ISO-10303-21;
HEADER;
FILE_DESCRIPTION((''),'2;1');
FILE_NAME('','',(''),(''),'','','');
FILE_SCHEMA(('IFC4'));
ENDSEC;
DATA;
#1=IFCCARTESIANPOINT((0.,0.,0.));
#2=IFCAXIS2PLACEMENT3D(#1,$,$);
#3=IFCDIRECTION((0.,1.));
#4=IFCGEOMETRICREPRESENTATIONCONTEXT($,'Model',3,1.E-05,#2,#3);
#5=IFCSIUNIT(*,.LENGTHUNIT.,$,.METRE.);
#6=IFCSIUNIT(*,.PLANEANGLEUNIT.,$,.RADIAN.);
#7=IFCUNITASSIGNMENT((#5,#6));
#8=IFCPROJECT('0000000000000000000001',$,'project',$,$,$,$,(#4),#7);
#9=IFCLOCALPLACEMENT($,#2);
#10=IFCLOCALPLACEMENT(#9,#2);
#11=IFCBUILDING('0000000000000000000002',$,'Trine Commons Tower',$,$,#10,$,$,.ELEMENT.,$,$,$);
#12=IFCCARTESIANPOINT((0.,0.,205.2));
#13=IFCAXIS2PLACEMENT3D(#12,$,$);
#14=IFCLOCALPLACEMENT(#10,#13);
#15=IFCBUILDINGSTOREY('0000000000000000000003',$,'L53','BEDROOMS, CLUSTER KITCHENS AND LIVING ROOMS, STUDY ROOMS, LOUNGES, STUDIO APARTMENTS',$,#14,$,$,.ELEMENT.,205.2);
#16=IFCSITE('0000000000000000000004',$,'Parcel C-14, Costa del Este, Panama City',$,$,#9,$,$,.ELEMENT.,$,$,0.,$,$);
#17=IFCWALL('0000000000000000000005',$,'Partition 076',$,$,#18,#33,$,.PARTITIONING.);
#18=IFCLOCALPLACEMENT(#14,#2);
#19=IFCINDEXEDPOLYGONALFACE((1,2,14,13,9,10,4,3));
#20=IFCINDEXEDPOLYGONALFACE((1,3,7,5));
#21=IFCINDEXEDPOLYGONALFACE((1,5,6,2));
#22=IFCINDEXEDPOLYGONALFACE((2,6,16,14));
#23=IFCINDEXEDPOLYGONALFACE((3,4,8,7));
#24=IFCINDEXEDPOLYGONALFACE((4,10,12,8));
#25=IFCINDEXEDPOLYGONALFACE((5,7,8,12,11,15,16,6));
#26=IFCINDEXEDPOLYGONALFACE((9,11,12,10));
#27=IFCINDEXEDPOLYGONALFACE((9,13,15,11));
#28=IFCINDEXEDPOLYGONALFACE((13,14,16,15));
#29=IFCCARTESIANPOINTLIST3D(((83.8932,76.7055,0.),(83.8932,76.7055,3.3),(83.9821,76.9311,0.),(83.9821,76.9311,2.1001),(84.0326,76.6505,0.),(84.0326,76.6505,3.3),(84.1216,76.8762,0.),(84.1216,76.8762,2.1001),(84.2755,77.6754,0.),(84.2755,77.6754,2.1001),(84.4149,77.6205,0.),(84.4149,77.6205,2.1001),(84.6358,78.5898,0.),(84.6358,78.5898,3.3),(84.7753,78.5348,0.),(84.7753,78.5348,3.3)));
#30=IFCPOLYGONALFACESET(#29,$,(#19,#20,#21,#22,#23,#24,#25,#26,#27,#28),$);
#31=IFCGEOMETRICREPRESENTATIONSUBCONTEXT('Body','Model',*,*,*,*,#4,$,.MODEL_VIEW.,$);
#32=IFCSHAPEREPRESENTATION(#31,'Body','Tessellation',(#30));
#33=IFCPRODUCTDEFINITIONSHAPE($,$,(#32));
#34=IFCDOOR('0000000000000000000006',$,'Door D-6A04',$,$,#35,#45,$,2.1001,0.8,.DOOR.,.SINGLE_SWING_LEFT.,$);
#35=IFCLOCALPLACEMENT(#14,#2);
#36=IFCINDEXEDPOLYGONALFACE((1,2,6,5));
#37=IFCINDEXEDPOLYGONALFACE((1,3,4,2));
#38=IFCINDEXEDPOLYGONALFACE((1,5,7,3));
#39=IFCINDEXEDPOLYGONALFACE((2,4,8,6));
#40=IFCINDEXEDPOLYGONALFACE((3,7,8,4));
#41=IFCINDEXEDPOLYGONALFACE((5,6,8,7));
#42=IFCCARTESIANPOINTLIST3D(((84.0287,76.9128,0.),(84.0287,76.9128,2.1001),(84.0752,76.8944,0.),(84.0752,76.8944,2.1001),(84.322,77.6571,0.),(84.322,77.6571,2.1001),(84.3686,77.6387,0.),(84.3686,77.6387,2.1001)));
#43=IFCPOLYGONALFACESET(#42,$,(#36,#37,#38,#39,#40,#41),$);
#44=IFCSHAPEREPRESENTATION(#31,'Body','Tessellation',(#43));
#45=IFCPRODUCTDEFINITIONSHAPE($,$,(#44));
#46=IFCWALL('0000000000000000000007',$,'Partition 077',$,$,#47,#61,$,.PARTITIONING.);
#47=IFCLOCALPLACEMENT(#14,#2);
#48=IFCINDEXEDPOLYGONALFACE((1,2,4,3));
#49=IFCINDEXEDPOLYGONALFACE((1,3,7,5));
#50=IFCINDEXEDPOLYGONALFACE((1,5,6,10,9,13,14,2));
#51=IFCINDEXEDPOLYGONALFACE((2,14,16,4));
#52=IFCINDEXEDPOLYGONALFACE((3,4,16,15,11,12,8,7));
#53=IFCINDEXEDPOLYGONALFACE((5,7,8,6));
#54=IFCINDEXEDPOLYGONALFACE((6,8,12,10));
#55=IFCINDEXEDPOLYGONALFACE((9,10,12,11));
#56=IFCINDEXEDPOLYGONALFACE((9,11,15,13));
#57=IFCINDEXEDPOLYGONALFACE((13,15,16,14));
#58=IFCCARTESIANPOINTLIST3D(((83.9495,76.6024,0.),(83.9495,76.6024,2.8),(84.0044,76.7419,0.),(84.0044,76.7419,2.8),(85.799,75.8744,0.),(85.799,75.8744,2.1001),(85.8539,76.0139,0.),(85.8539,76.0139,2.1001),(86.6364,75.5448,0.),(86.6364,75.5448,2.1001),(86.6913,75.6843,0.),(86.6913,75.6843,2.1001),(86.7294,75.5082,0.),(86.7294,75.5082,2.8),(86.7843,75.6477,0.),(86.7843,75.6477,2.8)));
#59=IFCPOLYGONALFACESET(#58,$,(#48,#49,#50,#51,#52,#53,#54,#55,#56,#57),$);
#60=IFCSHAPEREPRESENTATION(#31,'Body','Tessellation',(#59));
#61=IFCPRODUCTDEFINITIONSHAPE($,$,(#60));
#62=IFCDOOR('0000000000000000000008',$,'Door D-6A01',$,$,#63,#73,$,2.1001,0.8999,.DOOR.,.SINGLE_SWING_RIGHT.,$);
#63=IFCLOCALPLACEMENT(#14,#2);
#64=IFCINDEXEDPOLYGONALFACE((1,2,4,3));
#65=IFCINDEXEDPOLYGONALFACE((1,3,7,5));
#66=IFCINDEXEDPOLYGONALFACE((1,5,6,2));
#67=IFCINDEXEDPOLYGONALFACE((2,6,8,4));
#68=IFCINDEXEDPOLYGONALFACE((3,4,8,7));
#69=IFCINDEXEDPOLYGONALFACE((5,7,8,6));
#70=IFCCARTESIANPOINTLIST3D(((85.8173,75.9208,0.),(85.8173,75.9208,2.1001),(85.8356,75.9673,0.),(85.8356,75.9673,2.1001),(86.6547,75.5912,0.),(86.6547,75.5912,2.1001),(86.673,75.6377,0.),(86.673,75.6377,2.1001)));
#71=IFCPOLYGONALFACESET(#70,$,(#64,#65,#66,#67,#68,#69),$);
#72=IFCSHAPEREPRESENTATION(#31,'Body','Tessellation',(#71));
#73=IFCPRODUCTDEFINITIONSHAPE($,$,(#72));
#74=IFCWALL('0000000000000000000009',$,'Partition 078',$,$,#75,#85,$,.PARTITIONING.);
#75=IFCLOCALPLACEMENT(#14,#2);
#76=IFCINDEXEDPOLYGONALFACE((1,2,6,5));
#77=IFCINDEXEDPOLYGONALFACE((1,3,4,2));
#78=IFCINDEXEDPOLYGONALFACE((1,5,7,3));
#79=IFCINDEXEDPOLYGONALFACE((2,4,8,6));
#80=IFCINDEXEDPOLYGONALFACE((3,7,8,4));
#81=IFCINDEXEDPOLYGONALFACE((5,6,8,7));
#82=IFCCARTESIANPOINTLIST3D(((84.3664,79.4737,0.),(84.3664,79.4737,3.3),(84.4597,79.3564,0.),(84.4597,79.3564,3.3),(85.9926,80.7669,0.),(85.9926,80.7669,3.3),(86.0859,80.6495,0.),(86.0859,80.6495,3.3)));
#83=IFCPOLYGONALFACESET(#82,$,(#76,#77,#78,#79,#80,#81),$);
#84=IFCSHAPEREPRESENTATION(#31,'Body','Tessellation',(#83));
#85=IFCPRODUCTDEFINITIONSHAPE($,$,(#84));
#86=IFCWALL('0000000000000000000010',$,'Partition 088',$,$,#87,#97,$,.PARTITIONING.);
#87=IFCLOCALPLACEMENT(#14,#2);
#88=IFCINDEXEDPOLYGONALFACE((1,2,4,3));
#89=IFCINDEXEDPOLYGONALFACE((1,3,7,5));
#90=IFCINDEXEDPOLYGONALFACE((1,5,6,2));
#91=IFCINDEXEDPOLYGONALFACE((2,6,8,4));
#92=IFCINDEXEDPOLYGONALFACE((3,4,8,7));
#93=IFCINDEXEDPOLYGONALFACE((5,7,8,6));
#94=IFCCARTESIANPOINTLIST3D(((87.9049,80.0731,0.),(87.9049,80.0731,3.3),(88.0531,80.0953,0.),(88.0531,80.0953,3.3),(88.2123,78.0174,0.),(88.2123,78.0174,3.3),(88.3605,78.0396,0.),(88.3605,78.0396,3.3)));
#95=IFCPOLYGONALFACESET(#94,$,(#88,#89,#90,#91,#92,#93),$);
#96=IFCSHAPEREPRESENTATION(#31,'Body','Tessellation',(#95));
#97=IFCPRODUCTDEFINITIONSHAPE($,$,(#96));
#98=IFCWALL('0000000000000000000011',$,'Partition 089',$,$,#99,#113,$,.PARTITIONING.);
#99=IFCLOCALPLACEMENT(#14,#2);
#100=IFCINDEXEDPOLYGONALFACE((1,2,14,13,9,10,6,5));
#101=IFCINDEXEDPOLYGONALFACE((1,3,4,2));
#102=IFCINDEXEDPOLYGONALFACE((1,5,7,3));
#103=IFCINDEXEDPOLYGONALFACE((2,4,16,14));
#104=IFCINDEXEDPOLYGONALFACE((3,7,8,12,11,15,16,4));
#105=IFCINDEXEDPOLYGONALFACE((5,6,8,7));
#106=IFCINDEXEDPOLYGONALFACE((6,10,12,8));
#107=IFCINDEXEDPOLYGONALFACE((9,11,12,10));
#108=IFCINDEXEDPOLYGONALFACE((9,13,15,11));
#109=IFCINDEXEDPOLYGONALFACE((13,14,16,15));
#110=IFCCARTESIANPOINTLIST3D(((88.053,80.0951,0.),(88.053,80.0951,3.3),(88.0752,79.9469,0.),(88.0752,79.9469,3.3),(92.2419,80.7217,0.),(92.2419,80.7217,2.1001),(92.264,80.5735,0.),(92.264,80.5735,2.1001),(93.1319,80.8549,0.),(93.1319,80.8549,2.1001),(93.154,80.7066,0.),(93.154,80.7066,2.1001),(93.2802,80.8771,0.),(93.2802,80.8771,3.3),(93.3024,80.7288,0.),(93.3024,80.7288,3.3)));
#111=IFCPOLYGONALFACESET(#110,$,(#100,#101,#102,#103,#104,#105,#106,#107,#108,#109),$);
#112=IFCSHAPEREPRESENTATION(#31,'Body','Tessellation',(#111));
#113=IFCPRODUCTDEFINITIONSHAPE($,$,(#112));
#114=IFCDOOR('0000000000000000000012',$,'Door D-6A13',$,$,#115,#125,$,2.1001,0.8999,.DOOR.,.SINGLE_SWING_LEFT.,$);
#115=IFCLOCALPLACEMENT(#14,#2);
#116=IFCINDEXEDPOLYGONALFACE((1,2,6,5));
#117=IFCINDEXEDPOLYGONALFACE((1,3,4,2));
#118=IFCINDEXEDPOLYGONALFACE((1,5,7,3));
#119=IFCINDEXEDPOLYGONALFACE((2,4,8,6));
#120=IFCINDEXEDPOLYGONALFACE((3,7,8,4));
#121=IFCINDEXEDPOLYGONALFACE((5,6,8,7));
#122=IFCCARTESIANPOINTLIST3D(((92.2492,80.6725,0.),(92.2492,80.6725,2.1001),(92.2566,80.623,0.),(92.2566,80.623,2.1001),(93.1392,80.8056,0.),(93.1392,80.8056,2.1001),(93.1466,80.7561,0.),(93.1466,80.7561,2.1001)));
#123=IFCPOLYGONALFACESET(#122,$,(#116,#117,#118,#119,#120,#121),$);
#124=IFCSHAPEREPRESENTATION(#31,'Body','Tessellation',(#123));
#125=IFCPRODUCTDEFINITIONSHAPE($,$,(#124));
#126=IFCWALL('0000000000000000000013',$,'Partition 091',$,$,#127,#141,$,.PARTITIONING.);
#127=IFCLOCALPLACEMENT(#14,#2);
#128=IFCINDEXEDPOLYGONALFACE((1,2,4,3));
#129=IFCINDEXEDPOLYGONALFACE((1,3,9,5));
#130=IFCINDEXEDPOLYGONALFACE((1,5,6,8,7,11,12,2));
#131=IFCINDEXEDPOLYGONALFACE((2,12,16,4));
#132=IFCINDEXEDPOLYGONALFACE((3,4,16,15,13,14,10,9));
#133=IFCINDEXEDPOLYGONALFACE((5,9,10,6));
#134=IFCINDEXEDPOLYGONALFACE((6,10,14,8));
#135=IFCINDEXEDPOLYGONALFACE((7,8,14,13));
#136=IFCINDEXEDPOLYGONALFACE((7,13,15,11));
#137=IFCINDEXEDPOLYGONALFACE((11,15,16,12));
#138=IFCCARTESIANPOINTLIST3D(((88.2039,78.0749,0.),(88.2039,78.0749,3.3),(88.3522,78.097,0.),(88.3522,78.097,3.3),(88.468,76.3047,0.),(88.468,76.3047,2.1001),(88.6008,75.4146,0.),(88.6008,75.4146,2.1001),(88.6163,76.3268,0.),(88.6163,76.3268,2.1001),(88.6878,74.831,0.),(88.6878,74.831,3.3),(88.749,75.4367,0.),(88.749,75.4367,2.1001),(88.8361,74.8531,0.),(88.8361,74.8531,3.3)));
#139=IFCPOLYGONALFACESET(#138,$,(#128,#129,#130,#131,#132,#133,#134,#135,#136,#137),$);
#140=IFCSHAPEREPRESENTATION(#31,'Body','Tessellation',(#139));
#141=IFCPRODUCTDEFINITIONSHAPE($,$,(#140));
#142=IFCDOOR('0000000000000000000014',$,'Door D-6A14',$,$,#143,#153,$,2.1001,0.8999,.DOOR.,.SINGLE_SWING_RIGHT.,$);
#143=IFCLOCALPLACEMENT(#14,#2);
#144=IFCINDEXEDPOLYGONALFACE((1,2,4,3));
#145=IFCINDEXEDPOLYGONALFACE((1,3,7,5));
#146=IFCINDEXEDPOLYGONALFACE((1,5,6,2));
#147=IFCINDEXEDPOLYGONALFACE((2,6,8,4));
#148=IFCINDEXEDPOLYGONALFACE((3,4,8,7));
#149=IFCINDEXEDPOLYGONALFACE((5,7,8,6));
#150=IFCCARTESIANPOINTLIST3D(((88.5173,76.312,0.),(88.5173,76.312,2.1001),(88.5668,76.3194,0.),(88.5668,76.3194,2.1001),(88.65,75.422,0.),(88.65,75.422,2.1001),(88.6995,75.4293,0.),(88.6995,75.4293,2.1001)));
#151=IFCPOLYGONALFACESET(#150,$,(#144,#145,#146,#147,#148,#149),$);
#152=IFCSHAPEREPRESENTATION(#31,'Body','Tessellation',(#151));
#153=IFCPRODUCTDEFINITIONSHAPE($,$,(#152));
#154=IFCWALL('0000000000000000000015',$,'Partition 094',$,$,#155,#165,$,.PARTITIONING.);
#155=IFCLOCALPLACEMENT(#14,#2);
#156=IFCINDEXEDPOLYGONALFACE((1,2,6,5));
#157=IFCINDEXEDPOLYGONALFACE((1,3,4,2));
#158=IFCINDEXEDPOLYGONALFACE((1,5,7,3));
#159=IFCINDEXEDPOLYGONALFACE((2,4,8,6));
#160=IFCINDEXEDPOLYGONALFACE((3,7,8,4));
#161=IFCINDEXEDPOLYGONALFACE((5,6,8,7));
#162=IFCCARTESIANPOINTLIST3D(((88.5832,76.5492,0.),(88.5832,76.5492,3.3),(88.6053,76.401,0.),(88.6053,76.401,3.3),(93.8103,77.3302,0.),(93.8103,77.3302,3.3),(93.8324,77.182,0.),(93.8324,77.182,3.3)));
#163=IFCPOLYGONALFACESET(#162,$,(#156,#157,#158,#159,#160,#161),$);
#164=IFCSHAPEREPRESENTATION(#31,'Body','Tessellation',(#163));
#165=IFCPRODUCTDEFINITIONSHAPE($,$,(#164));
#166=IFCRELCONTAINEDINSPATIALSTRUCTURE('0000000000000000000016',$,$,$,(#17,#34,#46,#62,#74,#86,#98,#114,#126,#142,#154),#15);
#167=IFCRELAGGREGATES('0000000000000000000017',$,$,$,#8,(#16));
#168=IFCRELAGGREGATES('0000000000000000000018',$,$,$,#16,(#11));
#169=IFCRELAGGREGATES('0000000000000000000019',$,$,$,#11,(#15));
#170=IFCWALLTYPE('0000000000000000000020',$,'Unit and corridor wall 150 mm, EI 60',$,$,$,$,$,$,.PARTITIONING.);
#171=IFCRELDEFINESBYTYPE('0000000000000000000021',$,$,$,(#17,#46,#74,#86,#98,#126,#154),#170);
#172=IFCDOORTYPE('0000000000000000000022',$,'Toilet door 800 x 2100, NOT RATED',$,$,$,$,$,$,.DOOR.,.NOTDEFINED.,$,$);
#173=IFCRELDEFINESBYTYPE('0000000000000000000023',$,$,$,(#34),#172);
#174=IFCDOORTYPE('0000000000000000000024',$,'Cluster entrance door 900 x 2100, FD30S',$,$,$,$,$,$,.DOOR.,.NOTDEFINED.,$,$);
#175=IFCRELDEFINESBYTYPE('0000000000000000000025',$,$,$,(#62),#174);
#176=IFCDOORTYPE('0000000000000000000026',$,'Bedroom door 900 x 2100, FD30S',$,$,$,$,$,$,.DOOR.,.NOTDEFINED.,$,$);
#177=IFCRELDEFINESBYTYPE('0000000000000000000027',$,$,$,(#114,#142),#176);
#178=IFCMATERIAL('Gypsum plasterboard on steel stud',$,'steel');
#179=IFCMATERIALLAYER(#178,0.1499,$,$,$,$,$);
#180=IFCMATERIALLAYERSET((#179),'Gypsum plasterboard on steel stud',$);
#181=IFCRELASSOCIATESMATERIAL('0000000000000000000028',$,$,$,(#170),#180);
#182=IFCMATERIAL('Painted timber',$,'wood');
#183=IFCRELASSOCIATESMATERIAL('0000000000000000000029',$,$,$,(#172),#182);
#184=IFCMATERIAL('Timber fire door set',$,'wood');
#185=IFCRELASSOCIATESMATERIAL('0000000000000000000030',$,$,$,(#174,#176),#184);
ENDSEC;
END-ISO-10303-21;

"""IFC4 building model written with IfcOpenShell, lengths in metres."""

from ifc_helpers import new_model, si_unit, direction, frame, frame_2d, origin, place, context, subcontext, project, spatial, rectangle, extrude, material, layer, layer_set, type_object, element, fill, save


model = new_model("IFC4")

# Units and contexts
model_context = context("Model", 3, precision=1e-05, world=origin(), true_north=direction((0.0, 1.0)))
body_context = subcontext(model_context, "Body", "Model", "MODEL_VIEW")
ifc_project = project(units=[si_unit("LENGTHUNIT", "METRE"), si_unit("PLANEANGLEUNIT", "RADIAN")], contexts=[model_context])

# Site, building, storey
site_placement = place(None, origin())
site = spatial("IfcSite", under=ifc_project, at=site_placement, Name="Parcel C-14, Costa del Este, Panama City", CompositionType="ELEMENT", RefElevation=0.0)
building_placement = place(site_placement, origin())
building = spatial("IfcBuilding", under=site, at=building_placement, Name="Trine Commons Tower", CompositionType="ELEMENT")
storey_placement = place(building_placement, frame((0.0, 0.0, 205.2)))
storey = spatial("IfcBuildingStorey", under=building, at=storey_placement, Name="L53", Description="BEDROOMS, CLUSTER KITCHENS AND LIVING ROOMS, STUDY ROOMS, LOUNGES, STUDIO APARTMENTS", CompositionType="ELEMENT", Elevation=205.2)

# Shared definitions
ifc_material_1 = material(Name="Gypsum plasterboard on steel stud", Category="steel")
ifc_layer_1 = layer(ifc_material_1, 0.1499)
ifc_layer_set_1 = layer_set([ifc_layer_1], Name="Gypsum plasterboard on steel stud")
wall_type_1 = type_object("IfcWallType", Name="Unit and corridor wall 150 mm, EI 60", PredefinedType="PARTITIONING", material=ifc_layer_set_1)

# Walls, openings, doors
wall_1_placement = place(storey_placement, frame((83.9629, 76.678, 0.0), z_axis=(0.0, 0.0, 1.0), x_axis=(0.366689, 0.930344, 0.0)))
wall_1 = element("IfcWall", 1, at=wall_1_placement, inside=storey, type_object=wall_type_1, Name="Partition 076", PredefinedType="PARTITIONING", context=body_context, shape_type="SweptSolid", body=[
    extrude(rectangle(XDim=2.0254, YDim=0.1499, at=frame_2d((1.0127, 0.0))), origin(), (0.0, 0.0, 1.0), 3.3),
])
opening_1_placement = place(wall_1_placement, frame((0.2427, 0.0, 0.0)))
opening_1 = element("IfcOpeningElement", 2, at=opening_1_placement, cuts=wall_1, PredefinedType="OPENING", context=body_context, shape_type="SweptSolid", body=[
    extrude(rectangle(XDim=0.8, YDim=2.1001, at=frame_2d((0.3999, 1.05))), frame((0.0, 0.085, 0.0), z_axis=(0.0, -1.0, 0.0), x_axis=(1.0, 0.0, 0.0)), (0.0, 0.0, 1.0), 0.1699),
])
ifc_material_2 = material(Name="Painted timber", Category="wood")
door_type_1 = type_object("IfcDoorType", Name="Toilet door 800 x 2100, NOT RATED", OperationType="NOTDEFINED", PredefinedType="DOOR", material=ifc_material_2)
door_1_placement = place(opening_1_placement, origin())
door_1 = element("IfcDoor", 3, at=door_1_placement, inside=storey, type_object=door_type_1, Name="Door D-6A04", OperationType="SINGLE_SWING_LEFT", OverallHeight=2.1001, OverallWidth=0.8, PredefinedType="DOOR", context=body_context, shape_type="SweptSolid", body=[
    extrude(rectangle(XDim=0.8, YDim=2.1001, at=frame_2d((0.3999, 1.05))), frame((0.0, 0.0249, 0.0), z_axis=(0.0, -1.0, 0.0), x_axis=(1.0, 0.0, 0.0)), (0.0, 0.0, 1.0), 0.05),
])
fill(opening_1, door_1)
wall_2_placement = place(storey_placement, frame((83.9771, 76.6721, 0.0), z_axis=(0.0, 0.0, 1.0), x_axis=(0.930514, -0.366257, 0.0)))
wall_2 = element("IfcWall", 4, at=wall_2_placement, inside=storey, type_object=wall_type_1, Name="Partition 077", PredefinedType="PARTITIONING", context=body_context, shape_type="SweptSolid", body=[
    extrude(rectangle(XDim=2.9875, YDim=0.1499, at=frame_2d((1.4937, 0.0))), origin(), (0.0, 0.0, 1.0), 2.8),
])
opening_2_placement = place(wall_2_placement, frame((1.9875, 0.0, 0.0)))
opening_2 = element("IfcOpeningElement", 5, at=opening_2_placement, cuts=wall_2, PredefinedType="OPENING", context=body_context, shape_type="SweptSolid", body=[
    extrude(rectangle(XDim=0.8999, YDim=2.1001, at=frame_2d((0.45, 1.05))), frame((0.0, 0.085, 0.0), z_axis=(0.0, -1.0, 0.0), x_axis=(1.0, 0.0, 0.0)), (0.0, 0.0, 1.0), 0.1699),
])
ifc_material_3 = material(Name="Timber fire door set", Category="wood")
door_type_2 = type_object("IfcDoorType", Name="Cluster entrance door 900 x 2100, FD30S", OperationType="NOTDEFINED", PredefinedType="DOOR", material=ifc_material_3)
door_2_placement = place(opening_2_placement, origin())
door_2 = element("IfcDoor", 6, at=door_2_placement, inside=storey, type_object=door_type_2, Name="Door D-6A01", OperationType="SINGLE_SWING_RIGHT", OverallHeight=2.1001, OverallWidth=0.8999, PredefinedType="DOOR", context=body_context, shape_type="SweptSolid", body=[
    extrude(rectangle(XDim=0.8999, YDim=2.1001, at=frame_2d((0.45, 1.05))), frame((0.0, 0.0249, 0.0), z_axis=(0.0, -1.0, 0.0), x_axis=(1.0, 0.0, 0.0)), (0.0, 0.0, 1.0), 0.05),
])
fill(opening_2, door_2)

# Walls
wall_3_placement = place(storey_placement, frame((84.4131, 79.415, 0.0), z_axis=(0.0, 0.0, 1.0), x_axis=(0.782688, 0.622414, 0.0)))
element("IfcWall", 7, at=wall_3_placement, inside=storey, type_object=wall_type_1, Name="Partition 078", PredefinedType="PARTITIONING", context=body_context, shape_type="SweptSolid", body=[
    extrude(rectangle(XDim=2.0776, YDim=0.1499, at=frame_2d((1.0388, 0.0))), origin(), (0.0, 0.0, 1.0), 3.3),
])
wall_4_placement = place(storey_placement, frame((87.979, 80.0842, 0.0), z_axis=(0.0, 0.0, 1.0), x_axis=(0.147881, -0.989005, 0.0)))
element("IfcWall", 8, at=wall_4_placement, inside=storey, type_object=wall_type_1, Name="Partition 088", PredefinedType="PARTITIONING", context=body_context, shape_type="SweptSolid", body=[
    extrude(rectangle(XDim=2.0786, YDim=0.1499, at=frame_2d((1.0393, 0.0))), origin(), (0.0, 0.0, 1.0), 3.3),
])

# Walls, openings, doors
wall_5_placement = place(storey_placement, frame((88.0642, 80.021, 0.0), z_axis=(0.0, 0.0, 1.0), x_axis=(0.988995, 0.14795, 0.0)))
wall_5 = element("IfcWall", 9, at=wall_5_placement, inside=storey, type_object=wall_type_1, Name="Partition 089", PredefinedType="PARTITIONING", context=body_context, shape_type="SweptSolid", body=[
    extrude(rectangle(XDim=5.2854, YDim=0.1499, at=frame_2d((2.6426, 0.0))), origin(), (0.0, 0.0, 1.0), 3.3),
])
opening_3_placement = place(wall_5_placement, frame((4.2354, 0.0, 0.0)))
opening_3 = element("IfcOpeningElement", 10, at=opening_3_placement, cuts=wall_5, PredefinedType="OPENING", context=body_context, shape_type="SweptSolid", body=[
    extrude(rectangle(XDim=0.8999, YDim=2.1001, at=frame_2d((0.45, 1.05))), frame((0.0, 0.085, 0.0), z_axis=(0.0, -1.0, 0.0), x_axis=(1.0, 0.0, 0.0)), (0.0, 0.0, 1.0), 0.1699),
])
door_type_3 = type_object("IfcDoorType", Name="Bedroom door 900 x 2100, FD30S", OperationType="NOTDEFINED", PredefinedType="DOOR", material=ifc_material_3)
door_3_placement = place(opening_3_placement, frame((0.8999, 0.0, 0.0), z_axis=(0.0, 0.0, 1.0), x_axis=(-1.0, 0.0, 0.0)))
door_3 = element("IfcDoor", 11, at=door_3_placement, inside=storey, type_object=door_type_3, Name="Door D-6A13", OperationType="SINGLE_SWING_LEFT", OverallHeight=2.1001, OverallWidth=0.8999, PredefinedType="DOOR", context=body_context, shape_type="SweptSolid", body=[
    extrude(rectangle(XDim=0.8999, YDim=2.1001, at=frame_2d((0.45, 1.05))), frame((0.0, 0.0249, 0.0), z_axis=(0.0, -1.0, 0.0), x_axis=(1.0, 0.0, 0.0)), (0.0, 0.0, 1.0), 0.05),
])
fill(opening_3, door_3)
wall_6_placement = place(storey_placement, frame((88.2781, 78.0859, 0.0), z_axis=(0.0, 0.0, 1.0), x_axis=(0.147536, -0.989057, 0.0)))
wall_6 = element("IfcWall", 12, at=wall_6_placement, inside=storey, type_object=wall_type_1, Name="Partition 091", PredefinedType="PARTITIONING", context=body_context, shape_type="SweptSolid", body=[
    extrude(rectangle(XDim=3.2798, YDim=0.1499, at=frame_2d((1.6399, 0.0))), origin(), (0.0, 0.0, 1.0), 3.3),
])
opening_4_placement = place(wall_6_placement, frame((1.7898, 0.0, 0.0)))
opening_4 = element("IfcOpeningElement", 13, at=opening_4_placement, cuts=wall_6, PredefinedType="OPENING", context=body_context, shape_type="SweptSolid", body=[
    extrude(rectangle(XDim=0.8999, YDim=2.1001, at=frame_2d((0.45, 1.05))), frame((0.0, 0.085, 0.0), z_axis=(0.0, -1.0, 0.0), x_axis=(1.0, 0.0, 0.0)), (0.0, 0.0, 1.0), 0.1699),
])
door_4_placement = place(opening_4_placement, origin())
door_4 = element("IfcDoor", 14, at=door_4_placement, inside=storey, type_object=door_type_3, Name="Door D-6A14", OperationType="SINGLE_SWING_RIGHT", OverallHeight=2.1001, OverallWidth=0.8999, PredefinedType="DOOR", context=body_context, shape_type="SweptSolid", body=[
    extrude(rectangle(XDim=0.8999, YDim=2.1001, at=frame_2d((0.45, 1.05))), frame((0.0, 0.0249, 0.0), z_axis=(0.0, -1.0, 0.0), x_axis=(1.0, 0.0, 0.0)), (0.0, 0.0, 1.0), 0.05),
])
fill(opening_4, door_4)

# Wall
wall_7_placement = place(storey_placement, frame((88.5942, 76.4751, 0.0), z_axis=(0.0, 0.0, 1.0), x_axis=(0.989021, 0.147776, 0.0)))
element("IfcWall", 15, at=wall_7_placement, inside=storey, type_object=wall_type_1, Name="Partition 094", PredefinedType="PARTITIONING", context=body_context, shape_type="SweptSolid", body=[
    extrude(rectangle(XDim=5.2852, YDim=0.1499, at=frame_2d((2.6426, 0.0))), origin(), (0.0, 0.0, 1.0), 3.3),
])

save(model, "model.ifc")
